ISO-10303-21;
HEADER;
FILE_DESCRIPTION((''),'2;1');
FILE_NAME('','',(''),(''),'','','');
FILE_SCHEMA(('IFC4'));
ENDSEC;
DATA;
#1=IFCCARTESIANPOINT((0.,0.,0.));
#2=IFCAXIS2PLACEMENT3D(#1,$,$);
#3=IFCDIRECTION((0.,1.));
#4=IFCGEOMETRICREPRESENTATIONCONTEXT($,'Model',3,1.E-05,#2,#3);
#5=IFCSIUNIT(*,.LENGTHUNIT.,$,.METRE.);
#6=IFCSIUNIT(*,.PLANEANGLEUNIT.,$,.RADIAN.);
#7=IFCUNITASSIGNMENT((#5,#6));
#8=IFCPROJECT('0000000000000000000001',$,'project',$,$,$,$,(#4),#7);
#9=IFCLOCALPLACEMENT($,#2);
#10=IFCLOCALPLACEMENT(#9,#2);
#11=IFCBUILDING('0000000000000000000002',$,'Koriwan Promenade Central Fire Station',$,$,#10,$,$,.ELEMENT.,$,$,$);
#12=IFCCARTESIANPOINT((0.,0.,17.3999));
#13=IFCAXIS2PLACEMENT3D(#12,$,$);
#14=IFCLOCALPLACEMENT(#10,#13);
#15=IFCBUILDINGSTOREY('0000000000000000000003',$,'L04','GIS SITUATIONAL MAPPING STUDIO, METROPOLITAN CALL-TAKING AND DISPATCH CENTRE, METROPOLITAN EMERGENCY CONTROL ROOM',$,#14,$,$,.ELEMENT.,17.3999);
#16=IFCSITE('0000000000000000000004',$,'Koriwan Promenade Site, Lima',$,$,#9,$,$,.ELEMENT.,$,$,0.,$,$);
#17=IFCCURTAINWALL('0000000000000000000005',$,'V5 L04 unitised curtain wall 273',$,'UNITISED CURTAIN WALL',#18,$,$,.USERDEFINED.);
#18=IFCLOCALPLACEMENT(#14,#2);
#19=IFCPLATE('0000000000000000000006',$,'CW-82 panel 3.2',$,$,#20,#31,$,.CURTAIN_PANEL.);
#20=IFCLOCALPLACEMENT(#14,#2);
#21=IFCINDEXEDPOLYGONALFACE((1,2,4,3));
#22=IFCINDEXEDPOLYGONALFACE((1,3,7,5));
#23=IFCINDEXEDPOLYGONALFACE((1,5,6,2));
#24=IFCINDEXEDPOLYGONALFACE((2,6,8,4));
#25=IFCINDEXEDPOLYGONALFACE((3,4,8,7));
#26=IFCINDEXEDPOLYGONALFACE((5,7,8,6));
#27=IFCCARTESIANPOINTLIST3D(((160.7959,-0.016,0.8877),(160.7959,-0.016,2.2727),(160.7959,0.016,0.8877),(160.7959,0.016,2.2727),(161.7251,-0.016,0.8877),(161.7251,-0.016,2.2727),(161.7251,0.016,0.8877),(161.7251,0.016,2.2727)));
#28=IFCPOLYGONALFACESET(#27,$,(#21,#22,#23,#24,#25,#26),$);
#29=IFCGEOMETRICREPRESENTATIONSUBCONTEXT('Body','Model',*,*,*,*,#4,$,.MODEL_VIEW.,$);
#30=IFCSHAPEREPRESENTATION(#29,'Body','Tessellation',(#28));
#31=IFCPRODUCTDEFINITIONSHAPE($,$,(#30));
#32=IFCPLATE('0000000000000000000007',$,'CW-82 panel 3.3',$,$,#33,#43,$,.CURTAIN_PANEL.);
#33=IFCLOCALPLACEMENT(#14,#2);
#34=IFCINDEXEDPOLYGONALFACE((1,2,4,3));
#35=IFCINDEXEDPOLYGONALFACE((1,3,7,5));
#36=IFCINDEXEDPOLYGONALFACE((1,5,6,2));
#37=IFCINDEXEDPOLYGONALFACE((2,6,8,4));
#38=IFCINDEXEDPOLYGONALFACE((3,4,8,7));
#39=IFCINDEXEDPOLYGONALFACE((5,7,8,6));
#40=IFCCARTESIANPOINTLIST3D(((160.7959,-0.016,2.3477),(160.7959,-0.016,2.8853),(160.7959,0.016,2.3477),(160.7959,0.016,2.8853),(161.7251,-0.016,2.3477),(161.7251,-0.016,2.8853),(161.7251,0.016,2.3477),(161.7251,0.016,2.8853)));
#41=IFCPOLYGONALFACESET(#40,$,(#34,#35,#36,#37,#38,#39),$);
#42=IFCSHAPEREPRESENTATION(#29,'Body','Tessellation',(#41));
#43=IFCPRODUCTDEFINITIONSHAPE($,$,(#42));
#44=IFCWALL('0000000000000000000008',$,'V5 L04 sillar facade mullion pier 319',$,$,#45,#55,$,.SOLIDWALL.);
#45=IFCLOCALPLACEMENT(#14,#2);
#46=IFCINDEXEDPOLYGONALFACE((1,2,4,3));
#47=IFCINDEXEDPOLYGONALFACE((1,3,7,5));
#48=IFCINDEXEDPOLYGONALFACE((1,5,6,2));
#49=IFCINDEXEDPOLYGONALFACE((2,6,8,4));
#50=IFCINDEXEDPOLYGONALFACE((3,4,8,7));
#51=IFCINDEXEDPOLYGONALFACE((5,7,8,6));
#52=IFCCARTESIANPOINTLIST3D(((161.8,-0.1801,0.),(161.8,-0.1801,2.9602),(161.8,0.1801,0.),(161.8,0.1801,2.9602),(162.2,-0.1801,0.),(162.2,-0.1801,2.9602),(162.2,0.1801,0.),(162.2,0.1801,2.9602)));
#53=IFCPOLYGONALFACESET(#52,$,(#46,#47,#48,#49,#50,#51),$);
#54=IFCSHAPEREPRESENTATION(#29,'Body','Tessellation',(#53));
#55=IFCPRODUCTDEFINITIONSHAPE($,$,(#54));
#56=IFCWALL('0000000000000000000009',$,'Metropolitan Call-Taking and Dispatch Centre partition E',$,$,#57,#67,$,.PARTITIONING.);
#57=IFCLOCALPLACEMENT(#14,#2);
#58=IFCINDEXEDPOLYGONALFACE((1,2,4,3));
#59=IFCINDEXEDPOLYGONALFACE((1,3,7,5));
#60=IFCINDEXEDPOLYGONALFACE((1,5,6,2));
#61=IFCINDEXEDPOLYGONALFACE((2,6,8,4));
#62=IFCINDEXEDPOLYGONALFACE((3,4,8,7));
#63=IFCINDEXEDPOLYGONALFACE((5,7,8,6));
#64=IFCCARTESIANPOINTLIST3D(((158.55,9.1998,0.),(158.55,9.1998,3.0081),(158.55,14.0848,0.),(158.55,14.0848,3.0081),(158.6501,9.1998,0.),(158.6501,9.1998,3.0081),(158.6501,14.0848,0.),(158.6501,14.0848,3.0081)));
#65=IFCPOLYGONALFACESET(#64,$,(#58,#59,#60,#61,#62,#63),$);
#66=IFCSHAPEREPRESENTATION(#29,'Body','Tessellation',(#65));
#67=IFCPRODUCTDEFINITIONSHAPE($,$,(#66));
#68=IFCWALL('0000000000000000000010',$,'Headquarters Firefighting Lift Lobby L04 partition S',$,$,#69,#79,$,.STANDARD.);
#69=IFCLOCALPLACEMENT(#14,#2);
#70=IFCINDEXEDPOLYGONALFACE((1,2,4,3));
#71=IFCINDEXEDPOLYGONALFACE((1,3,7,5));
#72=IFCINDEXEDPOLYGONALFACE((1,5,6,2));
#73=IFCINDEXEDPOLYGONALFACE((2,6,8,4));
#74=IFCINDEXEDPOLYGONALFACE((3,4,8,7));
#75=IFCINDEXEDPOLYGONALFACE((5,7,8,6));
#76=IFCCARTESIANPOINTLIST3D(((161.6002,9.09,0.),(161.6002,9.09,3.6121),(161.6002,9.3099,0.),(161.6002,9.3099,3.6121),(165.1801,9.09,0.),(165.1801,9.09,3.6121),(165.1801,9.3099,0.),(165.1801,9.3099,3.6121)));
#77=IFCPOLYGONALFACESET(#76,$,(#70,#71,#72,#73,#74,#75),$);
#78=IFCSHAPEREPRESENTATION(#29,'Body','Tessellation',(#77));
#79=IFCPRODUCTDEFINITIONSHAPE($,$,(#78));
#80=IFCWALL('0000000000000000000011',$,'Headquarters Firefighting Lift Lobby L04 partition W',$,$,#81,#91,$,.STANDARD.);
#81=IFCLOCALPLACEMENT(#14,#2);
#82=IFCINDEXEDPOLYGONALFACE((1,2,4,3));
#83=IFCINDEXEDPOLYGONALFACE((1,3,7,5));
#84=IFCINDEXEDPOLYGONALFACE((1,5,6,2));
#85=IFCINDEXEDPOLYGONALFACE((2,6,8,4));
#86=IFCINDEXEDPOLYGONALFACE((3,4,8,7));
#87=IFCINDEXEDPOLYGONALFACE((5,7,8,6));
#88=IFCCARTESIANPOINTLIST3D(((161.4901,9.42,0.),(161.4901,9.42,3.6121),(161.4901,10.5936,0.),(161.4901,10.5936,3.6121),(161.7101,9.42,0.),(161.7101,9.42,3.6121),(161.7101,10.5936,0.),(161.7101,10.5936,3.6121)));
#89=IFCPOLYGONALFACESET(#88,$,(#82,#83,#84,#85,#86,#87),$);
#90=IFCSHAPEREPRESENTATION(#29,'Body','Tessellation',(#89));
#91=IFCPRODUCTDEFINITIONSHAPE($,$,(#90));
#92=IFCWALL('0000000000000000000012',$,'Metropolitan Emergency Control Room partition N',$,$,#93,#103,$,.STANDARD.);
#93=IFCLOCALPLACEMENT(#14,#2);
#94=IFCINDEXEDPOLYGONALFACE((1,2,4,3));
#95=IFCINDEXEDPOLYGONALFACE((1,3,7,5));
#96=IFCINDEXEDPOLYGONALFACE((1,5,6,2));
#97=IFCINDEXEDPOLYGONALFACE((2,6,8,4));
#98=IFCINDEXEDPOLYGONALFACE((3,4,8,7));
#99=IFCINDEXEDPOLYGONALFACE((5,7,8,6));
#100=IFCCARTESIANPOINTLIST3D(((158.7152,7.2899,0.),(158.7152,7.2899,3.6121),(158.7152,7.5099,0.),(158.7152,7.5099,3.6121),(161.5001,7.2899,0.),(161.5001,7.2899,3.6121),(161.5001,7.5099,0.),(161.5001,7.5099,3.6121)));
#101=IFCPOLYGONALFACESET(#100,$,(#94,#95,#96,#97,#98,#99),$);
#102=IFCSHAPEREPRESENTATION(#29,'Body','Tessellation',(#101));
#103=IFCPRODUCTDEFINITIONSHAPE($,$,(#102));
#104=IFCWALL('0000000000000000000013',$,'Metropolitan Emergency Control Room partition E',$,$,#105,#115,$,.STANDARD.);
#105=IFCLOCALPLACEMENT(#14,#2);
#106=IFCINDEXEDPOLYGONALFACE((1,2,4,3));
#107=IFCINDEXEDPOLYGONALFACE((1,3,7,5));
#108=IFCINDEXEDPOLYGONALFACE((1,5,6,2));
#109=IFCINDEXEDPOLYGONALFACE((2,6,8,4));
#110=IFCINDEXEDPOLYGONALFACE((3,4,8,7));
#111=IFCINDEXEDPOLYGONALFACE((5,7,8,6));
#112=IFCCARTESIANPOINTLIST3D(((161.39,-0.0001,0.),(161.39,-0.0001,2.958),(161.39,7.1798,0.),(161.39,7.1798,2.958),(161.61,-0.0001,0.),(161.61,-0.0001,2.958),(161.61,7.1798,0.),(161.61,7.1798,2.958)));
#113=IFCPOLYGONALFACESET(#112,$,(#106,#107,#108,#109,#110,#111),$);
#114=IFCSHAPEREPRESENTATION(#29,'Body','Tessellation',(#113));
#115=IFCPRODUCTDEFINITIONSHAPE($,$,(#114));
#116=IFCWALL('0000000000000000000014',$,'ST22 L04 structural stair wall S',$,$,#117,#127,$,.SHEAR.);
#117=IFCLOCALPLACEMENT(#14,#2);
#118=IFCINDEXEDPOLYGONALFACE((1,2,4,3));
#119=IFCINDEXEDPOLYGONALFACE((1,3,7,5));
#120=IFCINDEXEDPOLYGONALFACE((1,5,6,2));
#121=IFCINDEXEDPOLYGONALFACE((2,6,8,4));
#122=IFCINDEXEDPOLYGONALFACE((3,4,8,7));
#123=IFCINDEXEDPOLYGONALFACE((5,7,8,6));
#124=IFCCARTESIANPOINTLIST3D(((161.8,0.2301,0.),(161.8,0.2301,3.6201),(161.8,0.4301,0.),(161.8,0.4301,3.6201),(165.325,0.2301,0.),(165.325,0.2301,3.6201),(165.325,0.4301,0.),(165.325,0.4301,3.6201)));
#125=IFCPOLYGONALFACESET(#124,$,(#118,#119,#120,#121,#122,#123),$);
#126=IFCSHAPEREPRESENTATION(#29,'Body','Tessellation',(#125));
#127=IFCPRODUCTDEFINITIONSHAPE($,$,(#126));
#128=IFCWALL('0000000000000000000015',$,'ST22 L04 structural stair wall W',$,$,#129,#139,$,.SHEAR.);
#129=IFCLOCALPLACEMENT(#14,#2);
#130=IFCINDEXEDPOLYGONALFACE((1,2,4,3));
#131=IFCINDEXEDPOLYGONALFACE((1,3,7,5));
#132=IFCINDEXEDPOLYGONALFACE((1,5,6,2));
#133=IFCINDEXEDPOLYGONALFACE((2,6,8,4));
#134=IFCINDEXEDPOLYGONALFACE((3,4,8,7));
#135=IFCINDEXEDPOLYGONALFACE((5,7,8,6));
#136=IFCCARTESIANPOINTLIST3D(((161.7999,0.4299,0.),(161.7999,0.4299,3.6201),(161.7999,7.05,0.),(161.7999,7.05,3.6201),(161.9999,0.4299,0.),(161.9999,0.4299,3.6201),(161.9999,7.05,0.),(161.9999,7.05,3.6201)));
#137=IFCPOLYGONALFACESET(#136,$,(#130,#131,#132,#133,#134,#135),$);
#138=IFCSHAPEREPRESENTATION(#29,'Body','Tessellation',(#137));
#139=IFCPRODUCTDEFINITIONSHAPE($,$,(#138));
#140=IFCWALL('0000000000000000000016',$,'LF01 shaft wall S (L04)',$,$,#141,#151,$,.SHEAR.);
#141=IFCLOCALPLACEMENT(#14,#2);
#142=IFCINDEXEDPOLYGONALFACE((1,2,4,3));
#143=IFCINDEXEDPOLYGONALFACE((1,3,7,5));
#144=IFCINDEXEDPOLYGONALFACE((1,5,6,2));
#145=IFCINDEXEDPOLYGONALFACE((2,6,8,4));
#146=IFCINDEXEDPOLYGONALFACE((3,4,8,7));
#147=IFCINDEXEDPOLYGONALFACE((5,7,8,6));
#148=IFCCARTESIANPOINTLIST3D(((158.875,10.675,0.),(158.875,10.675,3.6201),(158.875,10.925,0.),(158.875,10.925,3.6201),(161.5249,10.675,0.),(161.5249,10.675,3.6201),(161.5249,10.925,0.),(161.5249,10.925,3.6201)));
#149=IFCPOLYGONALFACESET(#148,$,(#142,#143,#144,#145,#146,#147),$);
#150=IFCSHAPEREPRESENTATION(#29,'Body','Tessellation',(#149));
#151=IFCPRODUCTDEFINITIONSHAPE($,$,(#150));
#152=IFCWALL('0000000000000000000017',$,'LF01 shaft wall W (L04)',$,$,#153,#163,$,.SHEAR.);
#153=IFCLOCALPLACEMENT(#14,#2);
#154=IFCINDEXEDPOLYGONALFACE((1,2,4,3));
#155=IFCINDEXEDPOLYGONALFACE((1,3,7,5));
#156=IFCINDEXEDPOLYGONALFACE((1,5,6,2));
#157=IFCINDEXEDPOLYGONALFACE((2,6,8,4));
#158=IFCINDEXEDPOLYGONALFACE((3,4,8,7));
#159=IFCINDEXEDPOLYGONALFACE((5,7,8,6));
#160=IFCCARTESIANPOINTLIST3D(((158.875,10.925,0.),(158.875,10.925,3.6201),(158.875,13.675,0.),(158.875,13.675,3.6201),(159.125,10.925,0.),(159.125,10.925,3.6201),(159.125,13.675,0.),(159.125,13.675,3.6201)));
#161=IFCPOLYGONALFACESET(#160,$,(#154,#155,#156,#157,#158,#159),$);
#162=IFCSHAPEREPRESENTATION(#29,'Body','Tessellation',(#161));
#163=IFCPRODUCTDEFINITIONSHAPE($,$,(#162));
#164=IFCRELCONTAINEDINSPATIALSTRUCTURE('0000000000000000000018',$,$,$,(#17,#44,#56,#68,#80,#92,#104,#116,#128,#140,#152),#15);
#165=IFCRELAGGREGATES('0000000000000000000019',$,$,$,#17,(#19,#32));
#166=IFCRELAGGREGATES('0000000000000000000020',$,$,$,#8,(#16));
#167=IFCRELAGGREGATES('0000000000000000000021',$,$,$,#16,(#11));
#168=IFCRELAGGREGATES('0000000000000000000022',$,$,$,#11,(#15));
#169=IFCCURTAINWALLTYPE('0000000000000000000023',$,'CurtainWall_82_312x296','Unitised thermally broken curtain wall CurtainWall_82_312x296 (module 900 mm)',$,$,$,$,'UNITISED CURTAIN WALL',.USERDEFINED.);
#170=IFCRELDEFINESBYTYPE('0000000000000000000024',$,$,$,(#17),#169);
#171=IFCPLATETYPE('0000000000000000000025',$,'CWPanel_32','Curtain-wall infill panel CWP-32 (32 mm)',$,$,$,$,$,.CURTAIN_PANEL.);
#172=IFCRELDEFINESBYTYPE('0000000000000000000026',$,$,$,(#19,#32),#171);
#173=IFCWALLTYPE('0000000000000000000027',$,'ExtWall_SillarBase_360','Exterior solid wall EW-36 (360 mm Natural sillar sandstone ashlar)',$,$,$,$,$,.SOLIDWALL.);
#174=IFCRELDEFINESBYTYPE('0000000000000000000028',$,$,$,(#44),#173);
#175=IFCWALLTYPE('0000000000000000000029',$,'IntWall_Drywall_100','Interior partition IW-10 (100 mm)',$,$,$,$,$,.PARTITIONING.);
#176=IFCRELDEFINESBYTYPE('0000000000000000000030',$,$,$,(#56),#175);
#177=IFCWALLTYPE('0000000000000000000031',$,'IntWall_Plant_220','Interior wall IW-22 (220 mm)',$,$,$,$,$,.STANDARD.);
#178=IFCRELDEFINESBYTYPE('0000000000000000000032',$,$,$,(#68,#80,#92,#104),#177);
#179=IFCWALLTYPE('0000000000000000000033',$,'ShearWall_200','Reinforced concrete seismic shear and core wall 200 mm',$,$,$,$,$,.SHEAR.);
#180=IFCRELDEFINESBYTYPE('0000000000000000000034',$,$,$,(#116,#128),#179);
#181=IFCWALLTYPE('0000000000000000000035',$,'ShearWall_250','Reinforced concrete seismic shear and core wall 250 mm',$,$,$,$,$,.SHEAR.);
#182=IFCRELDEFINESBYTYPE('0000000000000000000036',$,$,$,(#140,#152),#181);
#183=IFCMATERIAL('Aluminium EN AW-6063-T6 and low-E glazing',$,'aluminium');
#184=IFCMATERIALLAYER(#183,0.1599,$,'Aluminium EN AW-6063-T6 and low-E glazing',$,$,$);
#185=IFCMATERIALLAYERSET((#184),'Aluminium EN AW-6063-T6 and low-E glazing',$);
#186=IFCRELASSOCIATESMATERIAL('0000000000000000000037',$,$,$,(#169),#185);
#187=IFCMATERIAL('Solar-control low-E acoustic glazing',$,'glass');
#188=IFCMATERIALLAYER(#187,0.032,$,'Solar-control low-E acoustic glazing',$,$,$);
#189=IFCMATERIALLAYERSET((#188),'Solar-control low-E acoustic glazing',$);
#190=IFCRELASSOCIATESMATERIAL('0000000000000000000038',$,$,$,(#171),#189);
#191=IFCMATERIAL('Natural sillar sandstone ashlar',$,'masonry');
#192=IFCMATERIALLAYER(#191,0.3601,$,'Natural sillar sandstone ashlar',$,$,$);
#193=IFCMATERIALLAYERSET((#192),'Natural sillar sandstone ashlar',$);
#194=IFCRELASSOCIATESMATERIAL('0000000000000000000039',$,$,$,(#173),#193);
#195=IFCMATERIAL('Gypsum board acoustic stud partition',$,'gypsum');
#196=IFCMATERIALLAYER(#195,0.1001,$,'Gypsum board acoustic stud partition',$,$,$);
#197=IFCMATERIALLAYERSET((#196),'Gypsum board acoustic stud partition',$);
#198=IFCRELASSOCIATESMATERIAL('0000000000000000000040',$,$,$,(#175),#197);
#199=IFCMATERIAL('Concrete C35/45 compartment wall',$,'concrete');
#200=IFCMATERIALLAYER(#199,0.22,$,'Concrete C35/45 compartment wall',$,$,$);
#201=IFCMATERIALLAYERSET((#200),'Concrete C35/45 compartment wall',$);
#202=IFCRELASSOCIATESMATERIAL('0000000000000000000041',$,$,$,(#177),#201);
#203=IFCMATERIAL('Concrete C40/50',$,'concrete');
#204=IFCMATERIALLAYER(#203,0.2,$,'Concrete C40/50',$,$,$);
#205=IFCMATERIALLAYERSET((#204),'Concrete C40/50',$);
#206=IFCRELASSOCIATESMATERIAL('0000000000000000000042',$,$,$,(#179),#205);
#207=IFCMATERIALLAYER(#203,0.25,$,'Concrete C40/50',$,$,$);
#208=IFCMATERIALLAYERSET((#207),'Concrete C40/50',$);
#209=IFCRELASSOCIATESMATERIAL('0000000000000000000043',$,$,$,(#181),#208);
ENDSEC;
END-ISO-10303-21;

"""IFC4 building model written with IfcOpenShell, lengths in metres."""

from ifc_helpers import new_model, si_unit, direction, frame, frame_2d, origin, origin_2d, place, context, subcontext, project, spatial, rectangle, extrude, material, layer, layer_set, type_object, element, aggregate, save


model = new_model("IFC4")

# Units and contexts
model_context = context("Model", 3, precision=1e-05, world=origin(), true_north=direction((0.0, 1.0)))
body_context = subcontext(model_context, "Body", "Model", "MODEL_VIEW")
ifc_project = project(units=[si_unit("LENGTHUNIT", "METRE"), si_unit("PLANEANGLEUNIT", "RADIAN")], contexts=[model_context])

# Site, building, storey
site_placement = place(None, origin())
site = spatial("IfcSite", under=ifc_project, at=site_placement, Name="Koriwan Promenade Site, Lima", CompositionType="ELEMENT", RefElevation=0.0)
building_placement = place(site_placement, origin())
building = spatial("IfcBuilding", under=site, at=building_placement, Name="Koriwan Promenade Central Fire Station", CompositionType="ELEMENT")
storey_placement = place(building_placement, frame((0.0, 0.0, 17.3999)))
storey = spatial("IfcBuildingStorey", under=building, at=storey_placement, Name="L04", Description="GIS SITUATIONAL MAPPING STUDIO, METROPOLITAN CALL-TAKING AND DISPATCH CENTRE, METROPOLITAN EMERGENCY CONTROL ROOM", CompositionType="ELEMENT", Elevation=17.3999)

# Shared definitions
ifc_material_1 = material(Name="Concrete C40/50", Category="concrete")

# Curtain wall, plates
ifc_material_2 = material(Name="Aluminium EN AW-6063-T6 and low-E glazing", Category="aluminium")
ifc_layer_1 = layer(ifc_material_2, 0.1599, Name="Aluminium EN AW-6063-T6 and low-E glazing")
ifc_layer_set_1 = layer_set([ifc_layer_1], Name="Aluminium EN AW-6063-T6 and low-E glazing")
curtain_wall_type = type_object("IfcCurtainWallType", Name="CurtainWall_82_312x296", Description="Unitised thermally broken curtain wall CurtainWall_82_312x296 (module 900 mm)", ElementType="UNITISED CURTAIN WALL", PredefinedType="USERDEFINED", material=ifc_layer_set_1)
curtain_wall_placement = place(storey_placement, origin())
curtain_wall = element("IfcCurtainWall", 1, at=curtain_wall_placement, inside=storey, type_object=curtain_wall_type, Name="V5 L04 unitised curtain wall 273", ObjectType="UNITISED CURTAIN WALL", PredefinedType="USERDEFINED")
ifc_material_3 = material(Name="Solar-control low-E acoustic glazing", Category="glass")
ifc_layer_2 = layer(ifc_material_3, 0.032, Name="Solar-control low-E acoustic glazing")
ifc_layer_set_2 = layer_set([ifc_layer_2], Name="Solar-control low-E acoustic glazing")
plate_type = type_object("IfcPlateType", Name="CWPanel_32", Description="Curtain-wall infill panel CWP-32 (32 mm)", PredefinedType="CURTAIN_PANEL", material=ifc_layer_set_2)
plate_1_placement = place(storey_placement, frame((161.2605, 0.0, 0.8877), z_axis=(0.0, 0.0, 1.0), x_axis=(1.0, 0.0, 0.0)))
plate_1 = element("IfcPlate", 2, at=plate_1_placement, type_object=plate_type, Name="CW-82 panel 3.2", PredefinedType="CURTAIN_PANEL", context=body_context, shape_type="SweptSolid", body=[
    extrude(rectangle(XDim=0.9292, YDim=0.032, at=origin_2d()), origin(), (0.0, 0.0, 1.0), 1.385),
])
plate_2_placement = place(storey_placement, frame((161.2605, 0.0, 2.3477), z_axis=(0.0, 0.0, 1.0), x_axis=(1.0, 0.0, 0.0)))
plate_2 = element("IfcPlate", 3, at=plate_2_placement, type_object=plate_type, Name="CW-82 panel 3.3", PredefinedType="CURTAIN_PANEL", context=body_context, shape_type="SweptSolid", body=[
    extrude(rectangle(XDim=0.9292, YDim=0.032, at=origin_2d()), origin(), (0.0, 0.0, 1.0), 0.5376),
])
aggregate(curtain_wall, [plate_1, plate_2])

# Walls
ifc_material_4 = material(Name="Natural sillar sandstone ashlar", Category="masonry")
ifc_layer_3 = layer(ifc_material_4, 0.3601, Name="Natural sillar sandstone ashlar")
ifc_layer_set_3 = layer_set([ifc_layer_3], Name="Natural sillar sandstone ashlar")
wall_type_1 = type_object("IfcWallType", Name="ExtWall_SillarBase_360", Description="Exterior solid wall EW-36 (360 mm Natural sillar sandstone ashlar)", PredefinedType="SOLIDWALL", material=ifc_layer_set_3)
wall_1_placement = place(storey_placement, frame((161.8, 0.0, 0.0), z_axis=(0.0, 0.0, 1.0), x_axis=(1.0, 0.0, 0.0)))
element("IfcWall", 4, at=wall_1_placement, inside=storey, type_object=wall_type_1, Name="V5 L04 sillar facade mullion pier 319", PredefinedType="SOLIDWALL", context=body_context, shape_type="SweptSolid", body=[
    extrude(rectangle(XDim=0.3999, YDim=0.3601, at=frame_2d((0.2, 0.0))), origin(), (0.0, 0.0, 1.0), 2.9602),
])
ifc_material_5 = material(Name="Gypsum board acoustic stud partition", Category="gypsum")
ifc_layer_4 = layer(ifc_material_5, 0.1001, Name="Gypsum board acoustic stud partition")
ifc_layer_set_4 = layer_set([ifc_layer_4], Name="Gypsum board acoustic stud partition")
wall_type_2 = type_object("IfcWallType", Name="IntWall_Drywall_100", Description="Interior partition IW-10 (100 mm)", PredefinedType="PARTITIONING", material=ifc_layer_set_4)
wall_2_placement = place(storey_placement, frame((158.6001, 9.2, 0.0), z_axis=(0.0, 0.0, 1.0), x_axis=(0.0, 1.0, 0.0)))
element("IfcWall", 5, at=wall_2_placement, inside=storey, type_object=wall_type_2, Name="Metropolitan Call-Taking and Dispatch Centre partition E", PredefinedType="PARTITIONING", context=body_context, shape_type="SweptSolid", body=[
    extrude(rectangle(XDim=4.885, YDim=0.1001, at=frame_2d((2.4424, 0.0))), origin(), (0.0, 0.0, 1.0), 3.0081),
])
ifc_material_6 = material(Name="Concrete C35/45 compartment wall", Category="concrete")
ifc_layer_5 = layer(ifc_material_6, 0.22, Name="Concrete C35/45 compartment wall")
ifc_layer_set_5 = layer_set([ifc_layer_5], Name="Concrete C35/45 compartment wall")
wall_type_3 = type_object("IfcWallType", Name="IntWall_Plant_220", Description="Interior wall IW-22 (220 mm)", PredefinedType="STANDARD", material=ifc_layer_set_5)
wall_3_placement = place(storey_placement, frame((161.6001, 9.2, 0.0), z_axis=(0.0, 0.0, 1.0), x_axis=(1.0, 0.0, 0.0)))
element("IfcWall", 6, at=wall_3_placement, inside=storey, type_object=wall_type_3, Name="Headquarters Firefighting Lift Lobby L04 partition S", PredefinedType="STANDARD", context=body_context, shape_type="SweptSolid", body=[
    extrude(rectangle(XDim=3.5798, YDim=0.22, at=frame_2d((1.79, 0.0))), origin(), (0.0, 0.0, 1.0), 3.6121),
])
wall_4_placement = place(storey_placement, frame((161.6001, 9.4199, 0.0), z_axis=(0.0, 0.0, 1.0), x_axis=(0.0, 1.0, 0.0)))
element("IfcWall", 7, at=wall_4_placement, inside=storey, type_object=wall_type_3, Name="Headquarters Firefighting Lift Lobby L04 partition W", PredefinedType="STANDARD", context=body_context, shape_type="SweptSolid", body=[
    extrude(rectangle(XDim=1.1736, YDim=0.22, at=frame_2d((0.5869, 0.0))), origin(), (0.0, 0.0, 1.0), 3.6121),
])
wall_5_placement = place(storey_placement, frame((158.7151, 7.3999, 0.0), z_axis=(0.0, 0.0, 1.0), x_axis=(1.0, 0.0, 0.0)))
element("IfcWall", 8, at=wall_5_placement, inside=storey, type_object=wall_type_3, Name="Metropolitan Emergency Control Room partition N", PredefinedType="STANDARD", context=body_context, shape_type="SweptSolid", body=[
    extrude(rectangle(XDim=2.7849, YDim=0.22, at=frame_2d((1.3926, 0.0))), origin(), (0.0, 0.0, 1.0), 3.6121),
])
wall_6_placement = place(storey_placement, frame((161.5, 0.0, 0.0), z_axis=(0.0, 0.0, 1.0), x_axis=(0.0, 1.0, 0.0)))
element("IfcWall", 9, at=wall_6_placement, inside=storey, type_object=wall_type_3, Name="Metropolitan Emergency Control Room partition E", PredefinedType="STANDARD", context=body_context, shape_type="SweptSolid", body=[
    extrude(rectangle(XDim=7.1799, YDim=0.22, at=frame_2d((3.5898, 0.0))), origin(), (0.0, 0.0, 1.0), 2.958),
])
ifc_layer_6 = layer(ifc_material_1, 0.2, Name="Concrete C40/50")
ifc_layer_set_6 = layer_set([ifc_layer_6], Name="Concrete C40/50")
wall_type_4 = type_object("IfcWallType", Name="ShearWall_200", Description="Reinforced concrete seismic shear and core wall 200 mm", PredefinedType="SHEAR", material=ifc_layer_set_6)
wall_7_placement = place(storey_placement, frame((161.8, 0.3301, 0.0), z_axis=(0.0, 0.0, 1.0), x_axis=(1.0, 0.0, 0.0)))
element("IfcWall", 10, at=wall_7_placement, inside=storey, type_object=wall_type_4, Name="ST22 L04 structural stair wall S", PredefinedType="SHEAR", context=body_context, shape_type="SweptSolid", body=[
    extrude(rectangle(XDim=3.5249, YDim=0.2, at=frame_2d((1.7625, 0.0))), origin(), (0.0, 0.0, 1.0), 3.6201),
])

# Walls
wall_8_placement = place(storey_placement, frame((161.8999, 0.4299, 0.0), z_axis=(0.0, 0.0, 1.0), x_axis=(0.0, 1.0, 0.0)))
element("IfcWall", 11, at=wall_8_placement, inside=storey, type_object=wall_type_4, Name="ST22 L04 structural stair wall W", PredefinedType="SHEAR", context=body_context, shape_type="SweptSolid", body=[
    extrude(rectangle(XDim=6.6201, YDim=0.2, at=frame_2d((3.3101, 0.0))), origin(), (0.0, 0.0, 1.0), 3.6201),
])
ifc_layer_7 = layer(ifc_material_1, 0.25, Name="Concrete C40/50")
ifc_layer_set_7 = layer_set([ifc_layer_7], Name="Concrete C40/50")
wall_type_5 = type_object("IfcWallType", Name="ShearWall_250", Description="Reinforced concrete seismic shear and core wall 250 mm", PredefinedType="SHEAR", material=ifc_layer_set_7)
wall_9_placement = place(storey_placement, frame((158.875, 10.8, 0.0), z_axis=(0.0, 0.0, 1.0), x_axis=(1.0, 0.0, 0.0)))
element("IfcWall", 12, at=wall_9_placement, inside=storey, type_object=wall_type_5, Name="LF01 shaft wall S (L04)", PredefinedType="SHEAR", context=body_context, shape_type="SweptSolid", body=[
    extrude(rectangle(XDim=2.6499, YDim=0.25, at=frame_2d((1.325, 0.0))), origin(), (0.0, 0.0, 1.0), 3.6201),
])
wall_10_placement = place(storey_placement, frame((159.0, 10.925, 0.0), z_axis=(0.0, 0.0, 1.0), x_axis=(0.0, 1.0, 0.0)))
element("IfcWall", 13, at=wall_10_placement, inside=storey, type_object=wall_type_5, Name="LF01 shaft wall W (L04)", PredefinedType="SHEAR", context=body_context, shape_type="SweptSolid", body=[
    extrude(rectangle(XDim=2.75, YDim=0.25, at=frame_2d((1.375, 0.0))), origin(), (0.0, 0.0, 1.0), 3.6201),
])

save(model, "model.ifc")
